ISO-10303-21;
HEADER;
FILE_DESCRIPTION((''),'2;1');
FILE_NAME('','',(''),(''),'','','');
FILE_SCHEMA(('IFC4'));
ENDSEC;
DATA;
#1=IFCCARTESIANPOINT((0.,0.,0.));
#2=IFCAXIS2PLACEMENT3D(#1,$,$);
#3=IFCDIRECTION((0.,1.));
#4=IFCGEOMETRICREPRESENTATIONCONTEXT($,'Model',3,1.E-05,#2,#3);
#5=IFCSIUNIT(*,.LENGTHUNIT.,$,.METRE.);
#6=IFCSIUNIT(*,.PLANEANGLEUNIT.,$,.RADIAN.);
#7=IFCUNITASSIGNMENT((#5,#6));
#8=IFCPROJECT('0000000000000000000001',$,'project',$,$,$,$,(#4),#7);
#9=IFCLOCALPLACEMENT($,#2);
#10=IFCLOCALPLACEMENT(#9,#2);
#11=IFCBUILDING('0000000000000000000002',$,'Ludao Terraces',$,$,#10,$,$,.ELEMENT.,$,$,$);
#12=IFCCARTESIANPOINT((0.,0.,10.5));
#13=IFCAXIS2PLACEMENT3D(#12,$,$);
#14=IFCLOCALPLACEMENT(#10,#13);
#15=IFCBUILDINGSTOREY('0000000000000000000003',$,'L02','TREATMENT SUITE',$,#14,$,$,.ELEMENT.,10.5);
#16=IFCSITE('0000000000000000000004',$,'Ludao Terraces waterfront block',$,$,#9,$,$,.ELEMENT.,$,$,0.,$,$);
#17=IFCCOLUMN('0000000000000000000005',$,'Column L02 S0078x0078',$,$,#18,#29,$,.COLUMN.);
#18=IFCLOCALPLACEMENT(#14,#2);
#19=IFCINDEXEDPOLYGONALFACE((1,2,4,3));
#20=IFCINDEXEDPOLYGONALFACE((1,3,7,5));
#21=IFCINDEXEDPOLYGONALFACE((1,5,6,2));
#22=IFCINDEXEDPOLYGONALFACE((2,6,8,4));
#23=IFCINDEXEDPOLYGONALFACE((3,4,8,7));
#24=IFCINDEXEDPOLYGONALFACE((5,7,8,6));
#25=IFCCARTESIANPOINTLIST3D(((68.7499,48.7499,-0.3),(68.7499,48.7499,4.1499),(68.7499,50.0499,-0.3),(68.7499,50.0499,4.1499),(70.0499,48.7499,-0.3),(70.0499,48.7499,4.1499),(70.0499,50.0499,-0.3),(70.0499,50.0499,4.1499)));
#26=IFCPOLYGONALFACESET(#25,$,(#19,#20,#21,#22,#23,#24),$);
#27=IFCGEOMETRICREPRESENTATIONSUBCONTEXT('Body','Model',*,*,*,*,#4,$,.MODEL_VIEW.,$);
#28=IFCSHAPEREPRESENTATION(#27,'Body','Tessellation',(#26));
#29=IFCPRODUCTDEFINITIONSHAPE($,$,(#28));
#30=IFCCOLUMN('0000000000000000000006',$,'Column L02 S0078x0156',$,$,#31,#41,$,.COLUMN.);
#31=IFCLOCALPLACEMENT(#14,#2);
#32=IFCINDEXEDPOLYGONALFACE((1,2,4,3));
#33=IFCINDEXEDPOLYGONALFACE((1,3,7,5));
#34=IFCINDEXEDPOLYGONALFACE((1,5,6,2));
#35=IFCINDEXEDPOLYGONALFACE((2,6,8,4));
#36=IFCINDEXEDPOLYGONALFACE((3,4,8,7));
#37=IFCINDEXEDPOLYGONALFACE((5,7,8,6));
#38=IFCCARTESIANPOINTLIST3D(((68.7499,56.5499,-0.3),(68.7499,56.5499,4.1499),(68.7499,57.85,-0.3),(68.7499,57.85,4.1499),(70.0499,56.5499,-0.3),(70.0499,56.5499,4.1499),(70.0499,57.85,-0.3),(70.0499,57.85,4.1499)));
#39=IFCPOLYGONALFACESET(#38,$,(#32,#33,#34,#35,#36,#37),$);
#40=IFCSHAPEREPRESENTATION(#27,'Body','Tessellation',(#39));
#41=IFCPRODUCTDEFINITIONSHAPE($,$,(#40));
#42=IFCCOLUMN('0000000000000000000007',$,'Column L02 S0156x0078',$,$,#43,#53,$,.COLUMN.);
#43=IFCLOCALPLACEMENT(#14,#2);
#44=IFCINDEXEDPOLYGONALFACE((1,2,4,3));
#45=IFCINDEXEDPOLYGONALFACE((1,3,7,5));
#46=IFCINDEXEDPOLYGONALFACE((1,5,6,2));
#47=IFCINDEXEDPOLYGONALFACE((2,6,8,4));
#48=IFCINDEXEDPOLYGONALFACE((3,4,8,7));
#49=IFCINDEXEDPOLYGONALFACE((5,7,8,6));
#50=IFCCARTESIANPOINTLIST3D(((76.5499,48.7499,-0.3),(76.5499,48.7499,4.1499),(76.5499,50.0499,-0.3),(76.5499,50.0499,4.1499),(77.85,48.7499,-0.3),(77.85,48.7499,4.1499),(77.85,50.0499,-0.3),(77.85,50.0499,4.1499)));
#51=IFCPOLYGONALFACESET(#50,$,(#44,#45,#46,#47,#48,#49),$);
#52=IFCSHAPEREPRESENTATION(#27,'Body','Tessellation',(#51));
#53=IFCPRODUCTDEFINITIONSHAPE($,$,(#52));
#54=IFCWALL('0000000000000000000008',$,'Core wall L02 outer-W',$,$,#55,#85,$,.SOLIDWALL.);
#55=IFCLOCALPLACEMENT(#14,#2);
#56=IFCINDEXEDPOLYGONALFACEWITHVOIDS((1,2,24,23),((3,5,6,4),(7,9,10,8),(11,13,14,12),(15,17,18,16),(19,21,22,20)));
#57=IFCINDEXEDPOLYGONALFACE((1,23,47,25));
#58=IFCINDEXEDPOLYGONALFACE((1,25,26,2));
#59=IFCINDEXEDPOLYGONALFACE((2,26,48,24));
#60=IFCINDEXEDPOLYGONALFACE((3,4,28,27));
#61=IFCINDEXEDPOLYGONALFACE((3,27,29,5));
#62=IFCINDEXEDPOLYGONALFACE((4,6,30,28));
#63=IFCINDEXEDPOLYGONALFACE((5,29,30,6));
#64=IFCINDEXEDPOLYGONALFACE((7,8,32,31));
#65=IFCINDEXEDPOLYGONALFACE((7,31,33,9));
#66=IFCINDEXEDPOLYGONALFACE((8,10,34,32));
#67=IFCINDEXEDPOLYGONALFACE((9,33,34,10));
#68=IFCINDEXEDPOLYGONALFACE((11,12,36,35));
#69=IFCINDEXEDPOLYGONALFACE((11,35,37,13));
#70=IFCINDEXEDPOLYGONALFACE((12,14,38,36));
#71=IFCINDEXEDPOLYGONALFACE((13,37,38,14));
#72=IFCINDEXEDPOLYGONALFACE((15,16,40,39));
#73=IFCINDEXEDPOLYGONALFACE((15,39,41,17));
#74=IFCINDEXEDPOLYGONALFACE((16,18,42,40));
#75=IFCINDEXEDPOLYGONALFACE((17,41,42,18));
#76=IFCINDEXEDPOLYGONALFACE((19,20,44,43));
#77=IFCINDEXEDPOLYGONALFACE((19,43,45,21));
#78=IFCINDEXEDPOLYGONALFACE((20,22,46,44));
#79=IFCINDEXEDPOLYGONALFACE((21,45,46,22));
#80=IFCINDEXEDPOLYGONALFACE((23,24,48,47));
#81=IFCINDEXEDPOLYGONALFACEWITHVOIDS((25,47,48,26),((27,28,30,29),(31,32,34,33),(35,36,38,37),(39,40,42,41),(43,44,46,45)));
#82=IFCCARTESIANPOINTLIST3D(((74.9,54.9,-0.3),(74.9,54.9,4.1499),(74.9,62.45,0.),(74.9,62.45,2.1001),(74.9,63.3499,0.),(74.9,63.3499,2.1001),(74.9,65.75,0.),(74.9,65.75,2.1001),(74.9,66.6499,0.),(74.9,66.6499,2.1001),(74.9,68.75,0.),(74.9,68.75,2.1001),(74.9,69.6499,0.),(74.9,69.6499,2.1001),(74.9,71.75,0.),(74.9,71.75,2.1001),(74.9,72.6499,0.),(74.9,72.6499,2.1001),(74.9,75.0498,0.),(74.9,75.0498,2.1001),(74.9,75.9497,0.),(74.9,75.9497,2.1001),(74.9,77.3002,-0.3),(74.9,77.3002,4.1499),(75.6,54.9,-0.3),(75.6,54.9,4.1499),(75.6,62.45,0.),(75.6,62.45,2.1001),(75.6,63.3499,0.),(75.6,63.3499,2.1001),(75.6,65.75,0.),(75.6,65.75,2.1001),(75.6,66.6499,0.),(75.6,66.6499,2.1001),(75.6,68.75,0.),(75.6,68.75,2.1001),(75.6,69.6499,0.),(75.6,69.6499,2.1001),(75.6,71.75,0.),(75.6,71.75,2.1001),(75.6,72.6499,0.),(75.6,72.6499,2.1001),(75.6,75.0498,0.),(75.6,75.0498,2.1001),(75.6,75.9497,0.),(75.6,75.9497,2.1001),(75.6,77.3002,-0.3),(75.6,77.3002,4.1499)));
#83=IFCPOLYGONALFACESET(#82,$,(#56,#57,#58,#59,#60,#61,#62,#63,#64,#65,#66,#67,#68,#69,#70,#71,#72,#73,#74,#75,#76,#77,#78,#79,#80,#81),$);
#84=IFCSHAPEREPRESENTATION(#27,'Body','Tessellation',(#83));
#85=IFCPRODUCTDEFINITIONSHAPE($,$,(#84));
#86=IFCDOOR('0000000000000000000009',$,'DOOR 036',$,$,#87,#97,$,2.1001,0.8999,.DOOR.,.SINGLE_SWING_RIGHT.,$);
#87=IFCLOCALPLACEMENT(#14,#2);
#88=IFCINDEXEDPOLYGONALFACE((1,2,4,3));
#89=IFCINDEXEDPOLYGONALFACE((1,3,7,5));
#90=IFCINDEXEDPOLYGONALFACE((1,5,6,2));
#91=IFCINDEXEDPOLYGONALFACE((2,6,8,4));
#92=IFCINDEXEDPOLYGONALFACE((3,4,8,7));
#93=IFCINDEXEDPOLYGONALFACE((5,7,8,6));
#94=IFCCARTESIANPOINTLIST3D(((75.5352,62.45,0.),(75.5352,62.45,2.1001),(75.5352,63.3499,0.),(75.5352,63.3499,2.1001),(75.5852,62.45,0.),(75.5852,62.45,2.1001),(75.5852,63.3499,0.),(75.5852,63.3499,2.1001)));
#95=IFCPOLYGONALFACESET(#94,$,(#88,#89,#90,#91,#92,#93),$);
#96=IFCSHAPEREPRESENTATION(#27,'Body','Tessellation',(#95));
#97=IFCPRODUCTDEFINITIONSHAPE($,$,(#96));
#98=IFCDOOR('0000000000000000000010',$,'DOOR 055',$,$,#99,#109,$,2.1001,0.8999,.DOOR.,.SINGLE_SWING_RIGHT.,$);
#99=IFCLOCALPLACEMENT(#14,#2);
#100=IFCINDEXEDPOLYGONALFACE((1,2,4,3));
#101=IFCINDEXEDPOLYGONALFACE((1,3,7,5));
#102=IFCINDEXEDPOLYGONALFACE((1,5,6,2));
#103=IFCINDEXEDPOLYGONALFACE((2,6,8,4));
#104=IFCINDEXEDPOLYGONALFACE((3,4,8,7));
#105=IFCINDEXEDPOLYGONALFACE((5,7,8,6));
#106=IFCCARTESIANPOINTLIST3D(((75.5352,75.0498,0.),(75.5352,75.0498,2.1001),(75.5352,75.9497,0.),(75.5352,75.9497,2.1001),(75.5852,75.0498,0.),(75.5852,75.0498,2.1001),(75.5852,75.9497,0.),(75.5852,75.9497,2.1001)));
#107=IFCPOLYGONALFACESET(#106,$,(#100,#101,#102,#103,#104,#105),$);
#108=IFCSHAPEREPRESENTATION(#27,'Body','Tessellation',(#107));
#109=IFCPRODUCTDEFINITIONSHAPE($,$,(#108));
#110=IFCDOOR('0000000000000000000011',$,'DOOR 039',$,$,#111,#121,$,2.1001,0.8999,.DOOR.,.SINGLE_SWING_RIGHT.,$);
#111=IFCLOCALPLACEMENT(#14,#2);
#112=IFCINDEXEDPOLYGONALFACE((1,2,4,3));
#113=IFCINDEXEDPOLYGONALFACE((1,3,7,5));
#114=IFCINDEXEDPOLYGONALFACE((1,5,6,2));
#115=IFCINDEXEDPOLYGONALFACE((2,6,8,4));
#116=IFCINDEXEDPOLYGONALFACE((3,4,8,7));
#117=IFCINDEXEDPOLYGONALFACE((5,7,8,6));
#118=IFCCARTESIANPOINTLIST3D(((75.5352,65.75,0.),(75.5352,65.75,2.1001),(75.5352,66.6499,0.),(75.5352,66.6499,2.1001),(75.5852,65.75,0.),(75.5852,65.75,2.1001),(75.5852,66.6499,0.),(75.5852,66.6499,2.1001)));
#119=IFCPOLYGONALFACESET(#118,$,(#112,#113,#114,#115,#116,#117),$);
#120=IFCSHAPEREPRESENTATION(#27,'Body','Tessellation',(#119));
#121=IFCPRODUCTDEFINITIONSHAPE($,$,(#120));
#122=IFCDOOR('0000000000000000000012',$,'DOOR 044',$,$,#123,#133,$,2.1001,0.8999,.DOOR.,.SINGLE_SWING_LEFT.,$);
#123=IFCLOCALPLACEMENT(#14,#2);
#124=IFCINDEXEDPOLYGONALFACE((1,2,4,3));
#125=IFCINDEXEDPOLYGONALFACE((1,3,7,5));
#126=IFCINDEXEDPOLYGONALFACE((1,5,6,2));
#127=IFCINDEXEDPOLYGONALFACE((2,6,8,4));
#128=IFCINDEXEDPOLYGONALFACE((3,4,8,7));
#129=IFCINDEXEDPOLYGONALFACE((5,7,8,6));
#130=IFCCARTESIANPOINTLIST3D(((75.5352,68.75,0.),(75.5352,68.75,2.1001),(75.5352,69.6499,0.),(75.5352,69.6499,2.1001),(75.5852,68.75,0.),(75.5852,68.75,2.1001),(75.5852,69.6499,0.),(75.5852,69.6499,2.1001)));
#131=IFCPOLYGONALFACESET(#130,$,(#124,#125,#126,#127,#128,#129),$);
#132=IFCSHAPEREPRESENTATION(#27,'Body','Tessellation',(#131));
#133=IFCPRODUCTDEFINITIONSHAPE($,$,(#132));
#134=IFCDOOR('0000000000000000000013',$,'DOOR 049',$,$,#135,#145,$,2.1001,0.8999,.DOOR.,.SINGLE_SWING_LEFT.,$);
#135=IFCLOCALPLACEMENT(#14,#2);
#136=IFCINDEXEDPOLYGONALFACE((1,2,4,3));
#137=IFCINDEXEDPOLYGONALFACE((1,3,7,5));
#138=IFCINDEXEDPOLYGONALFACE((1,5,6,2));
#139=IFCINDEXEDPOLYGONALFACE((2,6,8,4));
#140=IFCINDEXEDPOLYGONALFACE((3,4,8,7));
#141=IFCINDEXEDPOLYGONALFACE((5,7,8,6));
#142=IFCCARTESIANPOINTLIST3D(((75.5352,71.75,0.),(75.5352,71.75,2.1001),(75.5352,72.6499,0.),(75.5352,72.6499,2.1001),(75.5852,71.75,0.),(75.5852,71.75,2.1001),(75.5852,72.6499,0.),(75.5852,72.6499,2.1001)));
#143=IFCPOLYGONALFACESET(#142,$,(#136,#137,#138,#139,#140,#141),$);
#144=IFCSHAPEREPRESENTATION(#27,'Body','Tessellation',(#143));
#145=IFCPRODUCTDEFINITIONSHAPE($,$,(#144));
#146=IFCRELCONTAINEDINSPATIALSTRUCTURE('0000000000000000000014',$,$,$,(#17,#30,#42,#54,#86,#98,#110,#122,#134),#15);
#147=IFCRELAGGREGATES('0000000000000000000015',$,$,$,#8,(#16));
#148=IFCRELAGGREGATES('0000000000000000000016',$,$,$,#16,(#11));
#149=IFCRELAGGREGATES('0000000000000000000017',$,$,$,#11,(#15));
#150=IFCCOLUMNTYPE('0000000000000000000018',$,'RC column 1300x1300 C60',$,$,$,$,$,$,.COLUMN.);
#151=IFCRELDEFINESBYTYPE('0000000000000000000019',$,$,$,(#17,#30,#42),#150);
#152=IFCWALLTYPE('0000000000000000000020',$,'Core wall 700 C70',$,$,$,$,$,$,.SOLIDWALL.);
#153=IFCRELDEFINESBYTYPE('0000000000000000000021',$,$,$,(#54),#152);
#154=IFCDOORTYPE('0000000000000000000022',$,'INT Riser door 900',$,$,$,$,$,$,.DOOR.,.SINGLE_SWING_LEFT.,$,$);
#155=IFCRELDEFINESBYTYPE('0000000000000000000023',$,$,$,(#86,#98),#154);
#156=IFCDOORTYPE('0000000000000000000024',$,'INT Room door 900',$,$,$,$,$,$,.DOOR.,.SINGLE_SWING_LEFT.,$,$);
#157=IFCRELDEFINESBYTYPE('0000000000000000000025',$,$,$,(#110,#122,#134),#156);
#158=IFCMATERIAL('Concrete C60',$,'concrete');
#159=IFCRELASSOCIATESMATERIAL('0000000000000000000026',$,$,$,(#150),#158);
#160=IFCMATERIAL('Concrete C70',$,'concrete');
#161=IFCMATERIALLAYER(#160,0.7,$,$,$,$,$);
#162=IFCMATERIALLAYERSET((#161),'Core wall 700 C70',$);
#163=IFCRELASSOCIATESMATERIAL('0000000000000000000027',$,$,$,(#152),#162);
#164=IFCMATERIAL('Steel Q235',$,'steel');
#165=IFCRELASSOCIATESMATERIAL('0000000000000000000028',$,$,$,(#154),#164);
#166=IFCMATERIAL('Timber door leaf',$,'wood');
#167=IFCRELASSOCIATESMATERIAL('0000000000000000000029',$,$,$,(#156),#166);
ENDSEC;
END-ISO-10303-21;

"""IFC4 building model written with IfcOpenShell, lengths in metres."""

from ifc_helpers import new_model, si_unit, direction, frame, frame_2d, origin, origin_2d, place, context, subcontext, project, spatial, rectangle, extrude, material, layer, layer_set, material_profile, profile_set, type_object, element, fill, save


model = new_model("IFC4")

# Units and contexts
model_context = context("Model", 3, precision=1e-05, world=origin(), true_north=direction((0.0, 1.0)))
body_context = subcontext(model_context, "Body", "Model", "MODEL_VIEW")
ifc_project = project(units=[si_unit("LENGTHUNIT", "METRE"), si_unit("PLANEANGLEUNIT", "RADIAN")], contexts=[model_context])

# Site, building, storey
site_placement = place(None, origin())
site = spatial("IfcSite", under=ifc_project, at=site_placement, Name="Ludao Terraces waterfront block", CompositionType="ELEMENT", RefElevation=0.0)
building_placement = place(site_placement, origin())
building = spatial("IfcBuilding", under=site, at=building_placement, Name="Ludao Terraces", CompositionType="ELEMENT")
storey_placement = place(building_placement, frame((0.0, 0.0, 10.5)))
storey = spatial("IfcBuildingStorey", under=building, at=storey_placement, Name="L02", Description="TREATMENT SUITE", CompositionType="ELEMENT", Elevation=10.5)

# Columns
ifc_material_1 = material(Name="Concrete C60", Category="concrete")
ifc_material_profile = material_profile(ifc_material_1, rectangle(XDim=1.3, YDim=1.3, at=origin_2d()), Name="1300 X 1300")
ifc_profile_set = profile_set([ifc_material_profile], Name="Concrete C60")
column_type = type_object("IfcColumnType", Name="RC column 1300x1300 C60", PredefinedType="COLUMN", material=ifc_profile_set)
for number, where, z_axis, x_axis, name in (
    (1, (69.3999, 49.3999, -0.3), (0.0, 0.0, 1.0), (1.0, 0.0, 0.0), "Column L02 S0078x0078"),
    (2, (69.3999, 57.2, -0.3), (0.0, 0.0, 1.0), (1.0, 0.0, 0.0), "Column L02 S0078x0156"),
    (3, (77.2, 49.3999, -0.3), (0.0, 0.0, 1.0), (1.0, 0.0, 0.0), "Column L02 S0156x0078"),
):
    element("IfcColumn", number, at=place(storey_placement, frame(where, z_axis=z_axis, x_axis=x_axis)), inside=storey, type_object=column_type, Name=name, PredefinedType="COLUMN", context=body_context, shape_type="SweptSolid", body=[
        extrude(rectangle(XDim=1.3, YDim=1.3, at=origin_2d()), origin(), (0.0, 0.0, 1.0), 4.45),
    ])

# Wall, openings, doors
ifc_material_2 = material(Name="Concrete C70", Category="concrete")
ifc_layer_1 = layer(ifc_material_2, 0.7)
ifc_layer_set_1 = layer_set([ifc_layer_1], Name="Core wall 700 C70")
wall_type_1 = type_object("IfcWallType", Name="Core wall 700 C70", PredefinedType="SOLIDWALL", material=ifc_layer_set_1)
wall_1_placement = place(storey_placement, frame((75.25, 54.8999, -0.3), z_axis=(0.0, 0.0, 1.0), x_axis=(0.0, 1.0, 0.0)))
wall_1 = element("IfcWall", 4, at=wall_1_placement, inside=storey, type_object=wall_type_1, Name="Core wall L02 outer-W", PredefinedType="SOLIDWALL", context=body_context, shape_type="SweptSolid", body=[
    extrude(rectangle(XDim=22.4001, YDim=0.7, at=frame_2d((11.2002, 0.0))), origin(), (0.0, 0.0, 1.0), 4.45),
])
opening_1_placement = place(wall_1_placement, frame((7.55, 0.0, 0.3)))
opening_1 = element("IfcOpeningElement", 5, at=opening_1_placement, cuts=wall_1, PredefinedType="OPENING", context=body_context, shape_type="SweptSolid", body=[
    extrude(rectangle(XDim=0.8999, YDim=2.1001, at=frame_2d((0.45, 1.05))), frame((0.0, 0.3599, 0.0), z_axis=(0.0, -1.0, 0.0), x_axis=(1.0, 0.0, 0.0)), (0.0, 0.0, 1.0), 0.72),
])
opening_2_placement = place(wall_1_placement, frame((10.8501, 0.0, 0.3)))
opening_2 = element("IfcOpeningElement", 6, at=opening_2_placement, cuts=wall_1, PredefinedType="OPENING", context=body_context, shape_type="SweptSolid", body=[
    extrude(rectangle(XDim=0.8999, YDim=2.1001, at=frame_2d((0.45, 1.05))), frame((0.0, 0.3599, 0.0), z_axis=(0.0, -1.0, 0.0), x_axis=(1.0, 0.0, 0.0)), (0.0, 0.0, 1.0), 0.72),
])
opening_3_placement = place(wall_1_placement, frame((13.8501, 0.0, 0.3)))
opening_3 = element("IfcOpeningElement", 7, at=opening_3_placement, cuts=wall_1, PredefinedType="OPENING", context=body_context, shape_type="SweptSolid", body=[
    extrude(rectangle(XDim=0.8999, YDim=2.1001, at=frame_2d((0.45, 1.05))), frame((0.0, 0.3599, 0.0), z_axis=(0.0, -1.0, 0.0), x_axis=(1.0, 0.0, 0.0)), (0.0, 0.0, 1.0), 0.72),
])
opening_4_placement = place(wall_1_placement, frame((16.8501, 0.0, 0.3)))
opening_4 = element("IfcOpeningElement", 8, at=opening_4_placement, cuts=wall_1, PredefinedType="OPENING", context=body_context, shape_type="SweptSolid", body=[
    extrude(rectangle(XDim=0.8999, YDim=2.1001, at=frame_2d((0.45, 1.05))), frame((0.0, 0.3599, 0.0), z_axis=(0.0, -1.0, 0.0), x_axis=(1.0, 0.0, 0.0)), (0.0, 0.0, 1.0), 0.72),
])
opening_5_placement = place(wall_1_placement, frame((20.1499, 0.0, 0.3)))
opening_5 = element("IfcOpeningElement", 9, at=opening_5_placement, cuts=wall_1, PredefinedType="OPENING", context=body_context, shape_type="SweptSolid", body=[
    extrude(rectangle(XDim=0.8999, YDim=2.1001, at=frame_2d((0.45, 1.05))), frame((0.0, 0.3599, 0.0), z_axis=(0.0, -1.0, 0.0), x_axis=(1.0, 0.0, 0.0)), (0.0, 0.0, 1.0), 0.72),
])
ifc_material_3 = material(Name="Steel Q235", Category="steel")
door_type_1 = type_object("IfcDoorType", Name="INT Riser door 900", OperationType="SINGLE_SWING_LEFT", PredefinedType="DOOR", material=ifc_material_3)
door_1_placement = place(opening_1_placement, origin())
door_1 = element("IfcDoor", 10, at=door_1_placement, inside=storey, type_object=door_type_1, Name="DOOR 036", OperationType="SINGLE_SWING_RIGHT", OverallHeight=2.1001, OverallWidth=0.8999, PredefinedType="DOOR", context=body_context, shape_type="SweptSolid", body=[
    extrude(rectangle(XDim=0.8999, YDim=2.1001, at=frame_2d((0.45, 1.05))), frame((0.0, -0.2852, 0.0), z_axis=(0.0, -1.0, 0.0), x_axis=(1.0, 0.0, 0.0)), (0.0, 0.0, 1.0), 0.05),
])
fill(opening_1, door_1)
door_2_placement = place(opening_5_placement, origin())
door_2 = element("IfcDoor", 11, at=door_2_placement, inside=storey, type_object=door_type_1, Name="DOOR 055", OperationType="SINGLE_SWING_RIGHT", OverallHeight=2.1001, OverallWidth=0.8999, PredefinedType="DOOR", context=body_context, shape_type="SweptSolid", body=[
    extrude(rectangle(XDim=0.8999, YDim=2.1001, at=frame_2d((0.45, 1.05))), frame((0.0, -0.2852, 0.0), z_axis=(0.0, -1.0, 0.0), x_axis=(1.0, 0.0, 0.0)), (0.0, 0.0, 1.0), 0.05),
])
fill(opening_5, door_2)
ifc_material_4 = material(Name="Timber door leaf", Category="wood")
door_type_2 = type_object("IfcDoorType", Name="INT Room door 900", OperationType="SINGLE_SWING_LEFT", PredefinedType="DOOR", material=ifc_material_4)
door_3_placement = place(opening_2_placement, origin())
door_3 = element("IfcDoor", 12, at=door_3_placement, inside=storey, type_object=door_type_2, Name="DOOR 039", OperationType="SINGLE_SWING_RIGHT", OverallHeight=2.1001, OverallWidth=0.8999, PredefinedType="DOOR", context=body_context, shape_type="SweptSolid", body=[
    extrude(rectangle(XDim=0.8999, YDim=2.1001, at=frame_2d((0.45, 1.05))), frame((0.0, -0.2852, 0.0), z_axis=(0.0, -1.0, 0.0), x_axis=(1.0, 0.0, 0.0)), (0.0, 0.0, 1.0), 0.05),
])
fill(opening_2, door_3)
door_4_placement = place(opening_3_placement, origin())
door_4 = element("IfcDoor", 13, at=door_4_placement, inside=storey, type_object=door_type_2, Name="DOOR 044", OperationType="SINGLE_SWING_LEFT", OverallHeight=2.1001, OverallWidth=0.8999, PredefinedType="DOOR", context=body_context, shape_type="SweptSolid", body=[
    extrude(rectangle(XDim=0.8999, YDim=2.1001, at=frame_2d((0.45, 1.05))), frame((0.0, -0.2852, 0.0), z_axis=(0.0, -1.0, 0.0), x_axis=(1.0, 0.0, 0.0)), (0.0, 0.0, 1.0), 0.05),
])
fill(opening_3, door_4)
door_5_placement = place(opening_4_placement, origin())
door_5 = element("IfcDoor", 14, at=door_5_placement, inside=storey, type_object=door_type_2, Name="DOOR 049", OperationType="SINGLE_SWING_LEFT", OverallHeight=2.1001, OverallWidth=0.8999, PredefinedType="DOOR", context=body_context, shape_type="SweptSolid", body=[
    extrude(rectangle(XDim=0.8999, YDim=2.1001, at=frame_2d((0.45, 1.05))), frame((0.0, -0.2852, 0.0), z_axis=(0.0, -1.0, 0.0), x_axis=(1.0, 0.0, 0.0)), (0.0, 0.0, 1.0), 0.05),
])
fill(opening_4, door_5)

save(model, "model.ifc")
